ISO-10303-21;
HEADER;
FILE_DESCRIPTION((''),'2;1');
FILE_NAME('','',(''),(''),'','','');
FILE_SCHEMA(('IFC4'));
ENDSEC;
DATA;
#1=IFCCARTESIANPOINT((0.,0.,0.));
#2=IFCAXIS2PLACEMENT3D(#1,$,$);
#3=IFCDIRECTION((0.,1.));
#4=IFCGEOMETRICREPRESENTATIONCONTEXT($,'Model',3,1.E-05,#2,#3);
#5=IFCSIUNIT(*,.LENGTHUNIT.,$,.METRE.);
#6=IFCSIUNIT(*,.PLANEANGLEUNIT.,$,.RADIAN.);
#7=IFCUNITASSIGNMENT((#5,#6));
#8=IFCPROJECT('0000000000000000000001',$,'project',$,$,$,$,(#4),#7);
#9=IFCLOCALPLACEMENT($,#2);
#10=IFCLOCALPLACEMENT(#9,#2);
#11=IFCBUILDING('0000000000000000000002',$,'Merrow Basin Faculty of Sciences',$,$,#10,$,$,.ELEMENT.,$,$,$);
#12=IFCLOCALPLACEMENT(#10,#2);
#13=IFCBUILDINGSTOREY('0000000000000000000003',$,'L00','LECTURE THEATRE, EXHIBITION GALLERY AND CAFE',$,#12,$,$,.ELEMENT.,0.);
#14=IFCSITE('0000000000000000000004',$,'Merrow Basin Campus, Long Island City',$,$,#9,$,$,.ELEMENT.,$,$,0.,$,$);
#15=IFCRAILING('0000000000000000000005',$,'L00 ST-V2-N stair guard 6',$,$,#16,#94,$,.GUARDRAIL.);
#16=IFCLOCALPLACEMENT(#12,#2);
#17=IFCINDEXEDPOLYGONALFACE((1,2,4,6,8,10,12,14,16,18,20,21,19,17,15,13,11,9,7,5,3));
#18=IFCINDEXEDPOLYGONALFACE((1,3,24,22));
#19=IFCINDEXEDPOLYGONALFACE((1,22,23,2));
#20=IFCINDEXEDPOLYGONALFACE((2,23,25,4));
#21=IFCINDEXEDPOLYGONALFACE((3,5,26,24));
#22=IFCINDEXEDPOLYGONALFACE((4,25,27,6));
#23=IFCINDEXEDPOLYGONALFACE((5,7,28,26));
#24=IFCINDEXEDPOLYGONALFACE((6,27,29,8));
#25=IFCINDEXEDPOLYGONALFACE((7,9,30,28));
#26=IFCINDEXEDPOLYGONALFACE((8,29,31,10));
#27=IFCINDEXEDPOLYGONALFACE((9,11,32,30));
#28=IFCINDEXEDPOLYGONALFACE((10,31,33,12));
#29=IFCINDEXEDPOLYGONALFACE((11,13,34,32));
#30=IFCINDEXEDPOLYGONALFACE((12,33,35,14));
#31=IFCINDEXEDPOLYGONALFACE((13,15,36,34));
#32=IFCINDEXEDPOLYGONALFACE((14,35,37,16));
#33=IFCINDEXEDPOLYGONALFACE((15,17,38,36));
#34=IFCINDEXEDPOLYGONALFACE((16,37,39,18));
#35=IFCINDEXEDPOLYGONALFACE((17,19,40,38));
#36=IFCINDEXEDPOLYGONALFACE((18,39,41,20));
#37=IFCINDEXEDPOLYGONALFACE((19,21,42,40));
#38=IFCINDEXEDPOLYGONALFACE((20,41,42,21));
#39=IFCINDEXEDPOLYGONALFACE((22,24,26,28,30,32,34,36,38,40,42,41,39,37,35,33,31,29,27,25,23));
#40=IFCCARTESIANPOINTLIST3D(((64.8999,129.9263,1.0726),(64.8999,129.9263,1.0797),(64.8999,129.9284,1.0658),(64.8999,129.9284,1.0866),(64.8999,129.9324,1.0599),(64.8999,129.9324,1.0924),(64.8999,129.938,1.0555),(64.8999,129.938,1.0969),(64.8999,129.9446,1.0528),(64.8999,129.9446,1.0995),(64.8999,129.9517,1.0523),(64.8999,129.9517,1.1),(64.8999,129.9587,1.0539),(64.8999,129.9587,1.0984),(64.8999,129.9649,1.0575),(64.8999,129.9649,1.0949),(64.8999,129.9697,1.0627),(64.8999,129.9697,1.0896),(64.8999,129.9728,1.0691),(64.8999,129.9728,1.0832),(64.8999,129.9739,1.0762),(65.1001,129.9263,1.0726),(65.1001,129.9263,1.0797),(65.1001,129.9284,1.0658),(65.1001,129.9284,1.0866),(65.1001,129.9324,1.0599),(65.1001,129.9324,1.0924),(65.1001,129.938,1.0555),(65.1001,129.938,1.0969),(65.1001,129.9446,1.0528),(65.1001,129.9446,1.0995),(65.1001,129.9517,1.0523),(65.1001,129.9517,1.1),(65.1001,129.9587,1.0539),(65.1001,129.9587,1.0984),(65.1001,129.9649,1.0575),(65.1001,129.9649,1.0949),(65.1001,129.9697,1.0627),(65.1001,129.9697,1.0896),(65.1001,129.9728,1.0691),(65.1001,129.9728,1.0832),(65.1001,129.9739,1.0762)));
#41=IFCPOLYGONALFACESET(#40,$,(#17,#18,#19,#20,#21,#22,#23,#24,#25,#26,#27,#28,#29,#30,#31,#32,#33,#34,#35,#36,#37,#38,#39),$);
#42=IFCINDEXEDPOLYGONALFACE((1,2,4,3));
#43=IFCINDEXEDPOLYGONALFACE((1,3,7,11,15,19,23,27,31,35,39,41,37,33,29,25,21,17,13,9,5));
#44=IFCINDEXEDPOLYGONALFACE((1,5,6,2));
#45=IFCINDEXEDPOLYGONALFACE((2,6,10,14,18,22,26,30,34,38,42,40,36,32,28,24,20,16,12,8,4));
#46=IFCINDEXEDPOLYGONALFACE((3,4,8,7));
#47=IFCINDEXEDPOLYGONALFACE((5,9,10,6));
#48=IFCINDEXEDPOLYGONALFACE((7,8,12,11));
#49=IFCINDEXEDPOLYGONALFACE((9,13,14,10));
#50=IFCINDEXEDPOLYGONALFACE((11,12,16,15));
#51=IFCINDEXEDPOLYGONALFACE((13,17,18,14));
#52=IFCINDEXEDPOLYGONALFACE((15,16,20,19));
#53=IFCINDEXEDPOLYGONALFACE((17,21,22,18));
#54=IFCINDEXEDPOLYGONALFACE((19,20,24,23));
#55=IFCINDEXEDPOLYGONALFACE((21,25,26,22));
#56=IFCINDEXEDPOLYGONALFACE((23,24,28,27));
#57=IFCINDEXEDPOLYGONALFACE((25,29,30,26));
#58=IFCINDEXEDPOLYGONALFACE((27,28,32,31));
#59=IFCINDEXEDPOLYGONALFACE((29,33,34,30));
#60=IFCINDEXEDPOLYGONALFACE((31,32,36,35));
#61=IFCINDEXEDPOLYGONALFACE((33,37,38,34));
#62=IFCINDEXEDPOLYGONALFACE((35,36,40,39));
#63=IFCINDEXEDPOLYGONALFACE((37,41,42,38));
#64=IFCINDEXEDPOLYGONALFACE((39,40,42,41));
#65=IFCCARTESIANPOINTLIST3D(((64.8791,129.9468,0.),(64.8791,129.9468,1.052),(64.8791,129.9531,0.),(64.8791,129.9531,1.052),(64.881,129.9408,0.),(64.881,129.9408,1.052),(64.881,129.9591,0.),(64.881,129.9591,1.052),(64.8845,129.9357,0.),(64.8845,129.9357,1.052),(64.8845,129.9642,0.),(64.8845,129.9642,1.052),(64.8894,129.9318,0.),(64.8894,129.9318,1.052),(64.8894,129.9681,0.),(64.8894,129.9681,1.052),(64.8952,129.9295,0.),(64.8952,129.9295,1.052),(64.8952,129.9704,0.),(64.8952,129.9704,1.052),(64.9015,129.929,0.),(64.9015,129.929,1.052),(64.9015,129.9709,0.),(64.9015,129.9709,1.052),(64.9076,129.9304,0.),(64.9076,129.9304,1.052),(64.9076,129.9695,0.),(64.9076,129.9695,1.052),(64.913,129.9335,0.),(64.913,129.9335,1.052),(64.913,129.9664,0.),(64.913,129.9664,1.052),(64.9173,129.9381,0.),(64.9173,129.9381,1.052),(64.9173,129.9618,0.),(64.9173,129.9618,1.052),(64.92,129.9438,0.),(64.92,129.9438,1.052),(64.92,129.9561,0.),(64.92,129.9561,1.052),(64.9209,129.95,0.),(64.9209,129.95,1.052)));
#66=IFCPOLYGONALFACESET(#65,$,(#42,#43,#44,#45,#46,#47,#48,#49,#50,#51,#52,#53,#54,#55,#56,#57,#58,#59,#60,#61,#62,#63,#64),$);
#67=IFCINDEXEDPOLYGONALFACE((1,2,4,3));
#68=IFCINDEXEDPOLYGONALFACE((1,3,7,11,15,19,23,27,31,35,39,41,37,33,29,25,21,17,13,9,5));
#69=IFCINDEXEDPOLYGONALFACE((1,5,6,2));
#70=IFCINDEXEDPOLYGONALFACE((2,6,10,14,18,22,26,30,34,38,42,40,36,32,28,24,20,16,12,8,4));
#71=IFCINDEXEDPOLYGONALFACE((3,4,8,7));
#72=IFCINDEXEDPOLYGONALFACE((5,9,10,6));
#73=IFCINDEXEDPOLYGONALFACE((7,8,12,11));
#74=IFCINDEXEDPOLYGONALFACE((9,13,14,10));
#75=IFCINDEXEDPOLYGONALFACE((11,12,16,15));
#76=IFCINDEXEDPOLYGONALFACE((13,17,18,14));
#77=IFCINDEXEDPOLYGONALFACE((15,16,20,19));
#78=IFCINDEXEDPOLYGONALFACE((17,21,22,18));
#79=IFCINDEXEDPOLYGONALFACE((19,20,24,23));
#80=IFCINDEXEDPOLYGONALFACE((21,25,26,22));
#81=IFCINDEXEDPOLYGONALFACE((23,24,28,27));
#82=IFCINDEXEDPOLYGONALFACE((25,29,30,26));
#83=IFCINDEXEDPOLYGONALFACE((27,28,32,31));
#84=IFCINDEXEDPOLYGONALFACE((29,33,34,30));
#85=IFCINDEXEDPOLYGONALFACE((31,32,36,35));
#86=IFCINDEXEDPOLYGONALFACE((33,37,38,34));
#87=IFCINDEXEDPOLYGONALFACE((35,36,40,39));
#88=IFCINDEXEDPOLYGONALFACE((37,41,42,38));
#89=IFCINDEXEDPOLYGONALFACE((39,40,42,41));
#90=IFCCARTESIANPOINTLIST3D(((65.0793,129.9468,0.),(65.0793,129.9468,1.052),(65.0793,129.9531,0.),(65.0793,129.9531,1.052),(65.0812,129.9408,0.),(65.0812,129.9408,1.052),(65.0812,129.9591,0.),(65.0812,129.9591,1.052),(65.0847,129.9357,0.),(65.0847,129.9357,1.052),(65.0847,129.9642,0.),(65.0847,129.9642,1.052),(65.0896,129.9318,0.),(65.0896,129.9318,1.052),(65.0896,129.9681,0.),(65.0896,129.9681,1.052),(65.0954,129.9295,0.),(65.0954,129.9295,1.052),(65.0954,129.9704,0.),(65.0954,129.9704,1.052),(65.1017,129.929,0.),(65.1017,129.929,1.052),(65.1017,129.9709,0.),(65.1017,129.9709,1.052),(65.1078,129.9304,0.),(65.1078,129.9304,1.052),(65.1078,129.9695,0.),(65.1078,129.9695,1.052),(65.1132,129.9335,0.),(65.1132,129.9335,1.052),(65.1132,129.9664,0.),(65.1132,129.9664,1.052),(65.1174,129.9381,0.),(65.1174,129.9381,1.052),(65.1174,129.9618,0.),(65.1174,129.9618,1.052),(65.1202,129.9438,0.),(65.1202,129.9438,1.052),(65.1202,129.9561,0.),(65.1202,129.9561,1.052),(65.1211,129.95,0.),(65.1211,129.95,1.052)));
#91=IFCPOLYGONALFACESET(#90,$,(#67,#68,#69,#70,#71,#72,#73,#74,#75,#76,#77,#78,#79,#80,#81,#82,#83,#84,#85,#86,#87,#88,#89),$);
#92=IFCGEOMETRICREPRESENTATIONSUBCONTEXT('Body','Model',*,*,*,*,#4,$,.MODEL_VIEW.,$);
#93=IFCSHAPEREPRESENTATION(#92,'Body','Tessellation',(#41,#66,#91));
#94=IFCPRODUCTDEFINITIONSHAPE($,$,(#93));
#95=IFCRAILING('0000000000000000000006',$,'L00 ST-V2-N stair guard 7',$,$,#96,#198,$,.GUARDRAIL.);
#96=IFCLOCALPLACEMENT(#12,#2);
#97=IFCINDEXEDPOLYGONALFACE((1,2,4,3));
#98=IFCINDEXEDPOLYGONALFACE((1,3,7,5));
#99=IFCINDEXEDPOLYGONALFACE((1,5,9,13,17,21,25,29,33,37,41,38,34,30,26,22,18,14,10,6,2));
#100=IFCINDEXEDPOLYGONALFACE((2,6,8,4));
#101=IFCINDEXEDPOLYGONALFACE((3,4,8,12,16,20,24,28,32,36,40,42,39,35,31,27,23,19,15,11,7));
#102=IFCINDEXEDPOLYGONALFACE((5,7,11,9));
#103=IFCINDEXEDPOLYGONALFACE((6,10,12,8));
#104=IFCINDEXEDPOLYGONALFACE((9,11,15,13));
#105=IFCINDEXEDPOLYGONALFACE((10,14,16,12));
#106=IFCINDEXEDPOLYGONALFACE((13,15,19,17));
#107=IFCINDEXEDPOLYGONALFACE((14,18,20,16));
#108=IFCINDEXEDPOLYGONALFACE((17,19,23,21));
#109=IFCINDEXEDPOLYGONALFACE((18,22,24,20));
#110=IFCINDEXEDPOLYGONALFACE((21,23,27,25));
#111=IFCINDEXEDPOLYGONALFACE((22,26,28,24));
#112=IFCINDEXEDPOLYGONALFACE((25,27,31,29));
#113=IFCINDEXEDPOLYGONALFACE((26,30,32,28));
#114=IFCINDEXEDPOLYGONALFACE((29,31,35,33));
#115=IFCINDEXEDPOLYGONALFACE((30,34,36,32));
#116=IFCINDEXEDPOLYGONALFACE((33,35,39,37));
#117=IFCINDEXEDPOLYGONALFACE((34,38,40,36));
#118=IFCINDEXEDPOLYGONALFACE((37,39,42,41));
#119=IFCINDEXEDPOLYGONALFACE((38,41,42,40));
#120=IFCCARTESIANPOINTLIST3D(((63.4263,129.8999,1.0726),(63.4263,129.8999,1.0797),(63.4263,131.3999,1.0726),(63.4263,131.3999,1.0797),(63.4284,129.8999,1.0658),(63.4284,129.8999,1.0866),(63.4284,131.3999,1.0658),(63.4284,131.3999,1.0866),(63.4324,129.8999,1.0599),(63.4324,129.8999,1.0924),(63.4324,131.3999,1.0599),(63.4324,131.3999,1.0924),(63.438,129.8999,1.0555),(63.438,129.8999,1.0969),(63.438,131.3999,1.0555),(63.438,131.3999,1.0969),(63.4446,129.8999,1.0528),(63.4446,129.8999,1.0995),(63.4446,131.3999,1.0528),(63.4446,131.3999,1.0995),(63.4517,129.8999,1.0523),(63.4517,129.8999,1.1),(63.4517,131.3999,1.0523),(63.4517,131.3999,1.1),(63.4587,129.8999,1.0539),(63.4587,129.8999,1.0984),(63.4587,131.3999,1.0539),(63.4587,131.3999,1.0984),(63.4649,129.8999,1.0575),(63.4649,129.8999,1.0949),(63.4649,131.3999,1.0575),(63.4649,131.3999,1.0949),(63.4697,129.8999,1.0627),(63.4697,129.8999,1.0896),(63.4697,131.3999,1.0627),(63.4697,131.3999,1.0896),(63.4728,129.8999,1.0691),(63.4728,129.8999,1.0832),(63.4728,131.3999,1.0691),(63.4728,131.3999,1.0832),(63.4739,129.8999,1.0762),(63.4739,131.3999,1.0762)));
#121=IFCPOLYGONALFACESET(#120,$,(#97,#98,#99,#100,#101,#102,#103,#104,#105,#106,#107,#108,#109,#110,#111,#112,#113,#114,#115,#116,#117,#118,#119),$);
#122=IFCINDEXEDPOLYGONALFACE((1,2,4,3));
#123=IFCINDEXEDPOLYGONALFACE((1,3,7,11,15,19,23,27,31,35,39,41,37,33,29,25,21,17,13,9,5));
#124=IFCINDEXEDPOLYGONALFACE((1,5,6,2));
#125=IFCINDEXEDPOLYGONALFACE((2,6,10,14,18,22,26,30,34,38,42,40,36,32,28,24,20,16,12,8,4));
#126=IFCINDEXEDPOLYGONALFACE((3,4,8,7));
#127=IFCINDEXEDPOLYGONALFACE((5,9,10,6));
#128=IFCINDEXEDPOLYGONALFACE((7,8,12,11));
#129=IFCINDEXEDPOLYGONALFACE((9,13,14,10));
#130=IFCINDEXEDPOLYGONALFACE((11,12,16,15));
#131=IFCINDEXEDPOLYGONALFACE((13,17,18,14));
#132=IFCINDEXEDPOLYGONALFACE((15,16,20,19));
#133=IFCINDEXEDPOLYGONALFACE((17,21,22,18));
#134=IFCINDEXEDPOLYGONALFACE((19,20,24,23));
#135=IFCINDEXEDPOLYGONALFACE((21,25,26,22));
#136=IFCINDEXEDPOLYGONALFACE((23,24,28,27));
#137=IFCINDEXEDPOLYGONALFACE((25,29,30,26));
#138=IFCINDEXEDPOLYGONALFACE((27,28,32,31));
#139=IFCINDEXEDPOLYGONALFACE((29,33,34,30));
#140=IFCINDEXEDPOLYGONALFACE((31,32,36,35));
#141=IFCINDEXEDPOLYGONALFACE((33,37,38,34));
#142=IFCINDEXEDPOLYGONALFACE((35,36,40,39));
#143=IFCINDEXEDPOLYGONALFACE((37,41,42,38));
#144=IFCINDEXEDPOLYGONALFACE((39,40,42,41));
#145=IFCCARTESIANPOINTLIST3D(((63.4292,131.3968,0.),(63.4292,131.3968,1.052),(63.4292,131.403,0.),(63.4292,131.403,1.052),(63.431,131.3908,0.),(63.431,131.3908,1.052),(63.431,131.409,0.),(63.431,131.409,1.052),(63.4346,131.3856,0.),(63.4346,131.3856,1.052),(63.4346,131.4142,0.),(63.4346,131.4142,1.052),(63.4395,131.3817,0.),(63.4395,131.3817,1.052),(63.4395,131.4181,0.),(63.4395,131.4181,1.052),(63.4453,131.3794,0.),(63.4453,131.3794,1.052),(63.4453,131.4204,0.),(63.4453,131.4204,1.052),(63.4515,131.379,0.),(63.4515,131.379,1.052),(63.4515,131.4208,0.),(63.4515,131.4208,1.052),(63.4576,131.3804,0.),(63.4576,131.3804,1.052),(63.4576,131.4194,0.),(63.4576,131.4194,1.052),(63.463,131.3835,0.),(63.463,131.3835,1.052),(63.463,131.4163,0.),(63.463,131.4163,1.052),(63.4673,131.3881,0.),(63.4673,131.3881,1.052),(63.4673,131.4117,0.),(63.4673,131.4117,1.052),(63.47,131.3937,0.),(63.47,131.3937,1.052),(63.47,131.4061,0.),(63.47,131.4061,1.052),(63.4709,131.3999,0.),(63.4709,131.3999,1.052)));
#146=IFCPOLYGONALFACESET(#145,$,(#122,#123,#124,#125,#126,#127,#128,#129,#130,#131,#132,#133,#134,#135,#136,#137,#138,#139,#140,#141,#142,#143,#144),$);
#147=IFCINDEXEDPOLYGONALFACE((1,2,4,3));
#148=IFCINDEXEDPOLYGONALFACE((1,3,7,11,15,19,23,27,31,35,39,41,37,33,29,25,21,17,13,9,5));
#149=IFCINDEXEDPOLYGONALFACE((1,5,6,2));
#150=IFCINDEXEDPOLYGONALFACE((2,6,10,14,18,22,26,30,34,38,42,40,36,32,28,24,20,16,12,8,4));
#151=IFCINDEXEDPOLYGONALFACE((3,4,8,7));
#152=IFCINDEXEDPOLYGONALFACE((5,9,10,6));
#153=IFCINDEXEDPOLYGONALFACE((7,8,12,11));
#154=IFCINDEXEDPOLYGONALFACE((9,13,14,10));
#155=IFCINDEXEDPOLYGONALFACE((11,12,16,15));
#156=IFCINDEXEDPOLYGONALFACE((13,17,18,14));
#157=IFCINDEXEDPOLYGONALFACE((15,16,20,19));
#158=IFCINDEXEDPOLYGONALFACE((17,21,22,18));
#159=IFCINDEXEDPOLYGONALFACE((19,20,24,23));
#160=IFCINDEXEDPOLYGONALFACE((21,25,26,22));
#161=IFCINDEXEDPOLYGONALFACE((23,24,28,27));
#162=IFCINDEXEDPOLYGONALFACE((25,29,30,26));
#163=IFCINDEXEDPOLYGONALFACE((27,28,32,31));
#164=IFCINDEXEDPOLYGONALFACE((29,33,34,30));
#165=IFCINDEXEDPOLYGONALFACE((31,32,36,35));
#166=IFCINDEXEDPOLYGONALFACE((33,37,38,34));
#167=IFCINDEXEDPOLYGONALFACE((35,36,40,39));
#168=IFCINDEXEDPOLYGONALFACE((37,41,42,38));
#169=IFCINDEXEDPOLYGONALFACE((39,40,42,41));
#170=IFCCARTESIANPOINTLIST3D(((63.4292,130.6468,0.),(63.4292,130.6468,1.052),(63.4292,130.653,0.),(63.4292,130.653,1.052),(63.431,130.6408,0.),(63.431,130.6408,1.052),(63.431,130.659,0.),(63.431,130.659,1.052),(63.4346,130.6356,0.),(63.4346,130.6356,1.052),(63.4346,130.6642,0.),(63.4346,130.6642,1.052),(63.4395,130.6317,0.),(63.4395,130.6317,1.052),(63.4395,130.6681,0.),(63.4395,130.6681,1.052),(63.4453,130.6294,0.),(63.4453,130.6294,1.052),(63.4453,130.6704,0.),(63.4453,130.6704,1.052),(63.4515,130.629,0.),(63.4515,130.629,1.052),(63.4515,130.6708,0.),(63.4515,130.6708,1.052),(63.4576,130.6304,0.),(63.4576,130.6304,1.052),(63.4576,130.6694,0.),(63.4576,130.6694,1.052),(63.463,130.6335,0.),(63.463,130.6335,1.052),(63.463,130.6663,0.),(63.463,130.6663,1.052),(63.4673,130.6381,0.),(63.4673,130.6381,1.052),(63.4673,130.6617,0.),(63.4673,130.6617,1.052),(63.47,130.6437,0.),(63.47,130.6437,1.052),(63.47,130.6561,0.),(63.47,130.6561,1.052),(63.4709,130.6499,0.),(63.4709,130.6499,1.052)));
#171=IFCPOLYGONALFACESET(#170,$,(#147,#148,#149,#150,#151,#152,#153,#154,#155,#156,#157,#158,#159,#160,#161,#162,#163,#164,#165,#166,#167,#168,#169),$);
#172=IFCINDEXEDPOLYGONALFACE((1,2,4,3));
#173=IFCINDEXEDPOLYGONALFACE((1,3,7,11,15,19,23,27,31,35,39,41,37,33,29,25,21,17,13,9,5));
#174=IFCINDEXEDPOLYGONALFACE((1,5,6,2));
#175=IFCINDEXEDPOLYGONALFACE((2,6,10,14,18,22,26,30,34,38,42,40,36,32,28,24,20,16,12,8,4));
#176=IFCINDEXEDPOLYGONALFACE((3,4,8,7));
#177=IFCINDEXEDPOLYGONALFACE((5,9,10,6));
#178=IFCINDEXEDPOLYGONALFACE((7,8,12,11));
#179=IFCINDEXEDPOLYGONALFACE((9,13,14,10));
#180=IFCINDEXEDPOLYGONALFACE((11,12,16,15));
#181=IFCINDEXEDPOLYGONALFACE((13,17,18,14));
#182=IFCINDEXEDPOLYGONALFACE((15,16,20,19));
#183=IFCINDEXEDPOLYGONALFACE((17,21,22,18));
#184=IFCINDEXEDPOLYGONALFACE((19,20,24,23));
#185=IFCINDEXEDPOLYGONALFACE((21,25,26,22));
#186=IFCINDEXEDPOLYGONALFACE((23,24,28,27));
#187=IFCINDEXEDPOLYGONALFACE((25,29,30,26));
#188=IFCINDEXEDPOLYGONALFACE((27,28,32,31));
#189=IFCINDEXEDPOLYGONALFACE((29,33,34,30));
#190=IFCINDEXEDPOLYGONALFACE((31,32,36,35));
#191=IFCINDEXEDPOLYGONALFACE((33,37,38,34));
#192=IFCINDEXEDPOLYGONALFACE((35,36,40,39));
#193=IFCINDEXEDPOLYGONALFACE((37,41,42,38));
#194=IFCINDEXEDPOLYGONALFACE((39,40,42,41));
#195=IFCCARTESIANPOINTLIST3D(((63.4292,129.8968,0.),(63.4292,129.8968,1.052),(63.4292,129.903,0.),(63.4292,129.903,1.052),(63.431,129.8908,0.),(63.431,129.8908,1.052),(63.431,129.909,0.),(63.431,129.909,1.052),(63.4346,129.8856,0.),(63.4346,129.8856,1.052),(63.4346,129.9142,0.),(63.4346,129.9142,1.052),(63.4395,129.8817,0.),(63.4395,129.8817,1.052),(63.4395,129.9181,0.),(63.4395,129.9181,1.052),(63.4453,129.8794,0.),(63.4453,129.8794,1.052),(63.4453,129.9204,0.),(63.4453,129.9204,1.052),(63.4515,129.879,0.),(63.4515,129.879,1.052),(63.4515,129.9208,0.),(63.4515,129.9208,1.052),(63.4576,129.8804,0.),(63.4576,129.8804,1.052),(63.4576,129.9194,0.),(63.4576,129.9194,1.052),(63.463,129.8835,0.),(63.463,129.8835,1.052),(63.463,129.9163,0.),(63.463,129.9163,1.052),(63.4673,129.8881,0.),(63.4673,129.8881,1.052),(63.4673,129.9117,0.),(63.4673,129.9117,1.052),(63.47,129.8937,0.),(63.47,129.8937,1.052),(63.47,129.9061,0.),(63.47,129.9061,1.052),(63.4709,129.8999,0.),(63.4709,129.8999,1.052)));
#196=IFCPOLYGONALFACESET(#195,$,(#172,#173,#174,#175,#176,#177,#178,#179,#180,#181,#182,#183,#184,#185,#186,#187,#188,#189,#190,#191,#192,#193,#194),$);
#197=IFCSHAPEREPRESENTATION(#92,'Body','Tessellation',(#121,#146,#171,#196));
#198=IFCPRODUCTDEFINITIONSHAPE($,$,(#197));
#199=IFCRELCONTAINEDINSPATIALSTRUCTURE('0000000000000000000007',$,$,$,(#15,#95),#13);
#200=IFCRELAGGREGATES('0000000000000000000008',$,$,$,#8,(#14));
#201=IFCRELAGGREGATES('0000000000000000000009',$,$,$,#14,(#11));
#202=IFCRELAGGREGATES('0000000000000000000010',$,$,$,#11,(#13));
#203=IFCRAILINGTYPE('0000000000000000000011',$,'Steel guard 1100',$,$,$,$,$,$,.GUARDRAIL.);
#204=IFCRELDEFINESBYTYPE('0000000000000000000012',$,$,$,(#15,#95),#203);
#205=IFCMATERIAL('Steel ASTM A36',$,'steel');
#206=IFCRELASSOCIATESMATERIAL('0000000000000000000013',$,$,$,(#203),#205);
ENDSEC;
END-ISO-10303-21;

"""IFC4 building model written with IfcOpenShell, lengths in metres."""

from ifc_helpers import new_model, si_unit, direction, frame, origin, origin_2d, place, context, subcontext, project, spatial, circle, extrude, material, type_object, element, save


model = new_model("IFC4")

# Units and contexts
model_context = context("Model", 3, precision=1e-05, world=origin(), true_north=direction((0.0, 1.0)))
body_context = subcontext(model_context, "Body", "Model", "MODEL_VIEW")
ifc_project = project(units=[si_unit("LENGTHUNIT", "METRE"), si_unit("PLANEANGLEUNIT", "RADIAN")], contexts=[model_context])

# Site, building, storey
site_placement = place(None, origin())
site = spatial("IfcSite", under=ifc_project, at=site_placement, Name="Merrow Basin Campus, Long Island City", CompositionType="ELEMENT", RefElevation=0.0)
building_placement = place(site_placement, origin())
building = spatial("IfcBuilding", under=site, at=building_placement, Name="Merrow Basin Faculty of Sciences", CompositionType="ELEMENT")
storey_placement = place(building_placement, origin())
storey = spatial("IfcBuildingStorey", under=building, at=storey_placement, Name="L00", Description="LECTURE THEATRE, EXHIBITION GALLERY AND CAFE", CompositionType="ELEMENT", Elevation=0.0)

# Railings
ifc_material_1 = material(Name="Steel ASTM A36", Category="steel")
railing_type_1 = type_object("IfcRailingType", Name="Steel guard 1100", PredefinedType="GUARDRAIL", material=ifc_material_1)
railing_1_placement = place(storey_placement, frame((64.8999, 129.95, 0.0)))
element("IfcRailing", 1, at=railing_1_placement, inside=storey, type_object=railing_type_1, Name="L00 ST-V2-N stair guard 6", PredefinedType="GUARDRAIL", context=body_context, shape_type="SweptSolid", body=[
    extrude(circle(Radius=0.0239, at=origin_2d()), frame((0.0, 0.0, 1.0762), z_axis=(1.0, 0.0, 0.0), x_axis=(0.0, 1.0, 0.0)), (0.0, 0.0, 1.0), 0.2002),
    extrude(circle(Radius=0.021, at=origin_2d()), origin(), (0.0, 0.0, 1.0), 1.052),
    extrude(circle(Radius=0.021, at=origin_2d()), frame((0.2002, 0.0, 0.0)), (0.0, 0.0, 1.0), 1.052),
])
railing_2_placement = place(storey_placement, frame((63.45, 131.3999, 0.0)))
element("IfcRailing", 2, at=railing_2_placement, inside=storey, type_object=railing_type_1, Name="L00 ST-V2-N stair guard 7", PredefinedType="GUARDRAIL", context=body_context, shape_type="SweptSolid", body=[
    extrude(circle(Radius=0.0239, at=origin_2d()), frame((0.0, 0.0, 1.0762), z_axis=(0.0, -1.0, 0.0), x_axis=(1.0, 0.0, 0.0)), (0.0, 0.0, 1.0), 1.5),
    extrude(circle(Radius=0.021, at=origin_2d()), origin(), (0.0, 0.0, 1.0), 1.052),
    extrude(circle(Radius=0.021, at=origin_2d()), frame((0.0, -0.75, 0.0)), (0.0, 0.0, 1.0), 1.052),
    extrude(circle(Radius=0.021, at=origin_2d()), frame((0.0, -1.5, 0.0)), (0.0, 0.0, 1.0), 1.052),
])

save(model, "model.ifc")
